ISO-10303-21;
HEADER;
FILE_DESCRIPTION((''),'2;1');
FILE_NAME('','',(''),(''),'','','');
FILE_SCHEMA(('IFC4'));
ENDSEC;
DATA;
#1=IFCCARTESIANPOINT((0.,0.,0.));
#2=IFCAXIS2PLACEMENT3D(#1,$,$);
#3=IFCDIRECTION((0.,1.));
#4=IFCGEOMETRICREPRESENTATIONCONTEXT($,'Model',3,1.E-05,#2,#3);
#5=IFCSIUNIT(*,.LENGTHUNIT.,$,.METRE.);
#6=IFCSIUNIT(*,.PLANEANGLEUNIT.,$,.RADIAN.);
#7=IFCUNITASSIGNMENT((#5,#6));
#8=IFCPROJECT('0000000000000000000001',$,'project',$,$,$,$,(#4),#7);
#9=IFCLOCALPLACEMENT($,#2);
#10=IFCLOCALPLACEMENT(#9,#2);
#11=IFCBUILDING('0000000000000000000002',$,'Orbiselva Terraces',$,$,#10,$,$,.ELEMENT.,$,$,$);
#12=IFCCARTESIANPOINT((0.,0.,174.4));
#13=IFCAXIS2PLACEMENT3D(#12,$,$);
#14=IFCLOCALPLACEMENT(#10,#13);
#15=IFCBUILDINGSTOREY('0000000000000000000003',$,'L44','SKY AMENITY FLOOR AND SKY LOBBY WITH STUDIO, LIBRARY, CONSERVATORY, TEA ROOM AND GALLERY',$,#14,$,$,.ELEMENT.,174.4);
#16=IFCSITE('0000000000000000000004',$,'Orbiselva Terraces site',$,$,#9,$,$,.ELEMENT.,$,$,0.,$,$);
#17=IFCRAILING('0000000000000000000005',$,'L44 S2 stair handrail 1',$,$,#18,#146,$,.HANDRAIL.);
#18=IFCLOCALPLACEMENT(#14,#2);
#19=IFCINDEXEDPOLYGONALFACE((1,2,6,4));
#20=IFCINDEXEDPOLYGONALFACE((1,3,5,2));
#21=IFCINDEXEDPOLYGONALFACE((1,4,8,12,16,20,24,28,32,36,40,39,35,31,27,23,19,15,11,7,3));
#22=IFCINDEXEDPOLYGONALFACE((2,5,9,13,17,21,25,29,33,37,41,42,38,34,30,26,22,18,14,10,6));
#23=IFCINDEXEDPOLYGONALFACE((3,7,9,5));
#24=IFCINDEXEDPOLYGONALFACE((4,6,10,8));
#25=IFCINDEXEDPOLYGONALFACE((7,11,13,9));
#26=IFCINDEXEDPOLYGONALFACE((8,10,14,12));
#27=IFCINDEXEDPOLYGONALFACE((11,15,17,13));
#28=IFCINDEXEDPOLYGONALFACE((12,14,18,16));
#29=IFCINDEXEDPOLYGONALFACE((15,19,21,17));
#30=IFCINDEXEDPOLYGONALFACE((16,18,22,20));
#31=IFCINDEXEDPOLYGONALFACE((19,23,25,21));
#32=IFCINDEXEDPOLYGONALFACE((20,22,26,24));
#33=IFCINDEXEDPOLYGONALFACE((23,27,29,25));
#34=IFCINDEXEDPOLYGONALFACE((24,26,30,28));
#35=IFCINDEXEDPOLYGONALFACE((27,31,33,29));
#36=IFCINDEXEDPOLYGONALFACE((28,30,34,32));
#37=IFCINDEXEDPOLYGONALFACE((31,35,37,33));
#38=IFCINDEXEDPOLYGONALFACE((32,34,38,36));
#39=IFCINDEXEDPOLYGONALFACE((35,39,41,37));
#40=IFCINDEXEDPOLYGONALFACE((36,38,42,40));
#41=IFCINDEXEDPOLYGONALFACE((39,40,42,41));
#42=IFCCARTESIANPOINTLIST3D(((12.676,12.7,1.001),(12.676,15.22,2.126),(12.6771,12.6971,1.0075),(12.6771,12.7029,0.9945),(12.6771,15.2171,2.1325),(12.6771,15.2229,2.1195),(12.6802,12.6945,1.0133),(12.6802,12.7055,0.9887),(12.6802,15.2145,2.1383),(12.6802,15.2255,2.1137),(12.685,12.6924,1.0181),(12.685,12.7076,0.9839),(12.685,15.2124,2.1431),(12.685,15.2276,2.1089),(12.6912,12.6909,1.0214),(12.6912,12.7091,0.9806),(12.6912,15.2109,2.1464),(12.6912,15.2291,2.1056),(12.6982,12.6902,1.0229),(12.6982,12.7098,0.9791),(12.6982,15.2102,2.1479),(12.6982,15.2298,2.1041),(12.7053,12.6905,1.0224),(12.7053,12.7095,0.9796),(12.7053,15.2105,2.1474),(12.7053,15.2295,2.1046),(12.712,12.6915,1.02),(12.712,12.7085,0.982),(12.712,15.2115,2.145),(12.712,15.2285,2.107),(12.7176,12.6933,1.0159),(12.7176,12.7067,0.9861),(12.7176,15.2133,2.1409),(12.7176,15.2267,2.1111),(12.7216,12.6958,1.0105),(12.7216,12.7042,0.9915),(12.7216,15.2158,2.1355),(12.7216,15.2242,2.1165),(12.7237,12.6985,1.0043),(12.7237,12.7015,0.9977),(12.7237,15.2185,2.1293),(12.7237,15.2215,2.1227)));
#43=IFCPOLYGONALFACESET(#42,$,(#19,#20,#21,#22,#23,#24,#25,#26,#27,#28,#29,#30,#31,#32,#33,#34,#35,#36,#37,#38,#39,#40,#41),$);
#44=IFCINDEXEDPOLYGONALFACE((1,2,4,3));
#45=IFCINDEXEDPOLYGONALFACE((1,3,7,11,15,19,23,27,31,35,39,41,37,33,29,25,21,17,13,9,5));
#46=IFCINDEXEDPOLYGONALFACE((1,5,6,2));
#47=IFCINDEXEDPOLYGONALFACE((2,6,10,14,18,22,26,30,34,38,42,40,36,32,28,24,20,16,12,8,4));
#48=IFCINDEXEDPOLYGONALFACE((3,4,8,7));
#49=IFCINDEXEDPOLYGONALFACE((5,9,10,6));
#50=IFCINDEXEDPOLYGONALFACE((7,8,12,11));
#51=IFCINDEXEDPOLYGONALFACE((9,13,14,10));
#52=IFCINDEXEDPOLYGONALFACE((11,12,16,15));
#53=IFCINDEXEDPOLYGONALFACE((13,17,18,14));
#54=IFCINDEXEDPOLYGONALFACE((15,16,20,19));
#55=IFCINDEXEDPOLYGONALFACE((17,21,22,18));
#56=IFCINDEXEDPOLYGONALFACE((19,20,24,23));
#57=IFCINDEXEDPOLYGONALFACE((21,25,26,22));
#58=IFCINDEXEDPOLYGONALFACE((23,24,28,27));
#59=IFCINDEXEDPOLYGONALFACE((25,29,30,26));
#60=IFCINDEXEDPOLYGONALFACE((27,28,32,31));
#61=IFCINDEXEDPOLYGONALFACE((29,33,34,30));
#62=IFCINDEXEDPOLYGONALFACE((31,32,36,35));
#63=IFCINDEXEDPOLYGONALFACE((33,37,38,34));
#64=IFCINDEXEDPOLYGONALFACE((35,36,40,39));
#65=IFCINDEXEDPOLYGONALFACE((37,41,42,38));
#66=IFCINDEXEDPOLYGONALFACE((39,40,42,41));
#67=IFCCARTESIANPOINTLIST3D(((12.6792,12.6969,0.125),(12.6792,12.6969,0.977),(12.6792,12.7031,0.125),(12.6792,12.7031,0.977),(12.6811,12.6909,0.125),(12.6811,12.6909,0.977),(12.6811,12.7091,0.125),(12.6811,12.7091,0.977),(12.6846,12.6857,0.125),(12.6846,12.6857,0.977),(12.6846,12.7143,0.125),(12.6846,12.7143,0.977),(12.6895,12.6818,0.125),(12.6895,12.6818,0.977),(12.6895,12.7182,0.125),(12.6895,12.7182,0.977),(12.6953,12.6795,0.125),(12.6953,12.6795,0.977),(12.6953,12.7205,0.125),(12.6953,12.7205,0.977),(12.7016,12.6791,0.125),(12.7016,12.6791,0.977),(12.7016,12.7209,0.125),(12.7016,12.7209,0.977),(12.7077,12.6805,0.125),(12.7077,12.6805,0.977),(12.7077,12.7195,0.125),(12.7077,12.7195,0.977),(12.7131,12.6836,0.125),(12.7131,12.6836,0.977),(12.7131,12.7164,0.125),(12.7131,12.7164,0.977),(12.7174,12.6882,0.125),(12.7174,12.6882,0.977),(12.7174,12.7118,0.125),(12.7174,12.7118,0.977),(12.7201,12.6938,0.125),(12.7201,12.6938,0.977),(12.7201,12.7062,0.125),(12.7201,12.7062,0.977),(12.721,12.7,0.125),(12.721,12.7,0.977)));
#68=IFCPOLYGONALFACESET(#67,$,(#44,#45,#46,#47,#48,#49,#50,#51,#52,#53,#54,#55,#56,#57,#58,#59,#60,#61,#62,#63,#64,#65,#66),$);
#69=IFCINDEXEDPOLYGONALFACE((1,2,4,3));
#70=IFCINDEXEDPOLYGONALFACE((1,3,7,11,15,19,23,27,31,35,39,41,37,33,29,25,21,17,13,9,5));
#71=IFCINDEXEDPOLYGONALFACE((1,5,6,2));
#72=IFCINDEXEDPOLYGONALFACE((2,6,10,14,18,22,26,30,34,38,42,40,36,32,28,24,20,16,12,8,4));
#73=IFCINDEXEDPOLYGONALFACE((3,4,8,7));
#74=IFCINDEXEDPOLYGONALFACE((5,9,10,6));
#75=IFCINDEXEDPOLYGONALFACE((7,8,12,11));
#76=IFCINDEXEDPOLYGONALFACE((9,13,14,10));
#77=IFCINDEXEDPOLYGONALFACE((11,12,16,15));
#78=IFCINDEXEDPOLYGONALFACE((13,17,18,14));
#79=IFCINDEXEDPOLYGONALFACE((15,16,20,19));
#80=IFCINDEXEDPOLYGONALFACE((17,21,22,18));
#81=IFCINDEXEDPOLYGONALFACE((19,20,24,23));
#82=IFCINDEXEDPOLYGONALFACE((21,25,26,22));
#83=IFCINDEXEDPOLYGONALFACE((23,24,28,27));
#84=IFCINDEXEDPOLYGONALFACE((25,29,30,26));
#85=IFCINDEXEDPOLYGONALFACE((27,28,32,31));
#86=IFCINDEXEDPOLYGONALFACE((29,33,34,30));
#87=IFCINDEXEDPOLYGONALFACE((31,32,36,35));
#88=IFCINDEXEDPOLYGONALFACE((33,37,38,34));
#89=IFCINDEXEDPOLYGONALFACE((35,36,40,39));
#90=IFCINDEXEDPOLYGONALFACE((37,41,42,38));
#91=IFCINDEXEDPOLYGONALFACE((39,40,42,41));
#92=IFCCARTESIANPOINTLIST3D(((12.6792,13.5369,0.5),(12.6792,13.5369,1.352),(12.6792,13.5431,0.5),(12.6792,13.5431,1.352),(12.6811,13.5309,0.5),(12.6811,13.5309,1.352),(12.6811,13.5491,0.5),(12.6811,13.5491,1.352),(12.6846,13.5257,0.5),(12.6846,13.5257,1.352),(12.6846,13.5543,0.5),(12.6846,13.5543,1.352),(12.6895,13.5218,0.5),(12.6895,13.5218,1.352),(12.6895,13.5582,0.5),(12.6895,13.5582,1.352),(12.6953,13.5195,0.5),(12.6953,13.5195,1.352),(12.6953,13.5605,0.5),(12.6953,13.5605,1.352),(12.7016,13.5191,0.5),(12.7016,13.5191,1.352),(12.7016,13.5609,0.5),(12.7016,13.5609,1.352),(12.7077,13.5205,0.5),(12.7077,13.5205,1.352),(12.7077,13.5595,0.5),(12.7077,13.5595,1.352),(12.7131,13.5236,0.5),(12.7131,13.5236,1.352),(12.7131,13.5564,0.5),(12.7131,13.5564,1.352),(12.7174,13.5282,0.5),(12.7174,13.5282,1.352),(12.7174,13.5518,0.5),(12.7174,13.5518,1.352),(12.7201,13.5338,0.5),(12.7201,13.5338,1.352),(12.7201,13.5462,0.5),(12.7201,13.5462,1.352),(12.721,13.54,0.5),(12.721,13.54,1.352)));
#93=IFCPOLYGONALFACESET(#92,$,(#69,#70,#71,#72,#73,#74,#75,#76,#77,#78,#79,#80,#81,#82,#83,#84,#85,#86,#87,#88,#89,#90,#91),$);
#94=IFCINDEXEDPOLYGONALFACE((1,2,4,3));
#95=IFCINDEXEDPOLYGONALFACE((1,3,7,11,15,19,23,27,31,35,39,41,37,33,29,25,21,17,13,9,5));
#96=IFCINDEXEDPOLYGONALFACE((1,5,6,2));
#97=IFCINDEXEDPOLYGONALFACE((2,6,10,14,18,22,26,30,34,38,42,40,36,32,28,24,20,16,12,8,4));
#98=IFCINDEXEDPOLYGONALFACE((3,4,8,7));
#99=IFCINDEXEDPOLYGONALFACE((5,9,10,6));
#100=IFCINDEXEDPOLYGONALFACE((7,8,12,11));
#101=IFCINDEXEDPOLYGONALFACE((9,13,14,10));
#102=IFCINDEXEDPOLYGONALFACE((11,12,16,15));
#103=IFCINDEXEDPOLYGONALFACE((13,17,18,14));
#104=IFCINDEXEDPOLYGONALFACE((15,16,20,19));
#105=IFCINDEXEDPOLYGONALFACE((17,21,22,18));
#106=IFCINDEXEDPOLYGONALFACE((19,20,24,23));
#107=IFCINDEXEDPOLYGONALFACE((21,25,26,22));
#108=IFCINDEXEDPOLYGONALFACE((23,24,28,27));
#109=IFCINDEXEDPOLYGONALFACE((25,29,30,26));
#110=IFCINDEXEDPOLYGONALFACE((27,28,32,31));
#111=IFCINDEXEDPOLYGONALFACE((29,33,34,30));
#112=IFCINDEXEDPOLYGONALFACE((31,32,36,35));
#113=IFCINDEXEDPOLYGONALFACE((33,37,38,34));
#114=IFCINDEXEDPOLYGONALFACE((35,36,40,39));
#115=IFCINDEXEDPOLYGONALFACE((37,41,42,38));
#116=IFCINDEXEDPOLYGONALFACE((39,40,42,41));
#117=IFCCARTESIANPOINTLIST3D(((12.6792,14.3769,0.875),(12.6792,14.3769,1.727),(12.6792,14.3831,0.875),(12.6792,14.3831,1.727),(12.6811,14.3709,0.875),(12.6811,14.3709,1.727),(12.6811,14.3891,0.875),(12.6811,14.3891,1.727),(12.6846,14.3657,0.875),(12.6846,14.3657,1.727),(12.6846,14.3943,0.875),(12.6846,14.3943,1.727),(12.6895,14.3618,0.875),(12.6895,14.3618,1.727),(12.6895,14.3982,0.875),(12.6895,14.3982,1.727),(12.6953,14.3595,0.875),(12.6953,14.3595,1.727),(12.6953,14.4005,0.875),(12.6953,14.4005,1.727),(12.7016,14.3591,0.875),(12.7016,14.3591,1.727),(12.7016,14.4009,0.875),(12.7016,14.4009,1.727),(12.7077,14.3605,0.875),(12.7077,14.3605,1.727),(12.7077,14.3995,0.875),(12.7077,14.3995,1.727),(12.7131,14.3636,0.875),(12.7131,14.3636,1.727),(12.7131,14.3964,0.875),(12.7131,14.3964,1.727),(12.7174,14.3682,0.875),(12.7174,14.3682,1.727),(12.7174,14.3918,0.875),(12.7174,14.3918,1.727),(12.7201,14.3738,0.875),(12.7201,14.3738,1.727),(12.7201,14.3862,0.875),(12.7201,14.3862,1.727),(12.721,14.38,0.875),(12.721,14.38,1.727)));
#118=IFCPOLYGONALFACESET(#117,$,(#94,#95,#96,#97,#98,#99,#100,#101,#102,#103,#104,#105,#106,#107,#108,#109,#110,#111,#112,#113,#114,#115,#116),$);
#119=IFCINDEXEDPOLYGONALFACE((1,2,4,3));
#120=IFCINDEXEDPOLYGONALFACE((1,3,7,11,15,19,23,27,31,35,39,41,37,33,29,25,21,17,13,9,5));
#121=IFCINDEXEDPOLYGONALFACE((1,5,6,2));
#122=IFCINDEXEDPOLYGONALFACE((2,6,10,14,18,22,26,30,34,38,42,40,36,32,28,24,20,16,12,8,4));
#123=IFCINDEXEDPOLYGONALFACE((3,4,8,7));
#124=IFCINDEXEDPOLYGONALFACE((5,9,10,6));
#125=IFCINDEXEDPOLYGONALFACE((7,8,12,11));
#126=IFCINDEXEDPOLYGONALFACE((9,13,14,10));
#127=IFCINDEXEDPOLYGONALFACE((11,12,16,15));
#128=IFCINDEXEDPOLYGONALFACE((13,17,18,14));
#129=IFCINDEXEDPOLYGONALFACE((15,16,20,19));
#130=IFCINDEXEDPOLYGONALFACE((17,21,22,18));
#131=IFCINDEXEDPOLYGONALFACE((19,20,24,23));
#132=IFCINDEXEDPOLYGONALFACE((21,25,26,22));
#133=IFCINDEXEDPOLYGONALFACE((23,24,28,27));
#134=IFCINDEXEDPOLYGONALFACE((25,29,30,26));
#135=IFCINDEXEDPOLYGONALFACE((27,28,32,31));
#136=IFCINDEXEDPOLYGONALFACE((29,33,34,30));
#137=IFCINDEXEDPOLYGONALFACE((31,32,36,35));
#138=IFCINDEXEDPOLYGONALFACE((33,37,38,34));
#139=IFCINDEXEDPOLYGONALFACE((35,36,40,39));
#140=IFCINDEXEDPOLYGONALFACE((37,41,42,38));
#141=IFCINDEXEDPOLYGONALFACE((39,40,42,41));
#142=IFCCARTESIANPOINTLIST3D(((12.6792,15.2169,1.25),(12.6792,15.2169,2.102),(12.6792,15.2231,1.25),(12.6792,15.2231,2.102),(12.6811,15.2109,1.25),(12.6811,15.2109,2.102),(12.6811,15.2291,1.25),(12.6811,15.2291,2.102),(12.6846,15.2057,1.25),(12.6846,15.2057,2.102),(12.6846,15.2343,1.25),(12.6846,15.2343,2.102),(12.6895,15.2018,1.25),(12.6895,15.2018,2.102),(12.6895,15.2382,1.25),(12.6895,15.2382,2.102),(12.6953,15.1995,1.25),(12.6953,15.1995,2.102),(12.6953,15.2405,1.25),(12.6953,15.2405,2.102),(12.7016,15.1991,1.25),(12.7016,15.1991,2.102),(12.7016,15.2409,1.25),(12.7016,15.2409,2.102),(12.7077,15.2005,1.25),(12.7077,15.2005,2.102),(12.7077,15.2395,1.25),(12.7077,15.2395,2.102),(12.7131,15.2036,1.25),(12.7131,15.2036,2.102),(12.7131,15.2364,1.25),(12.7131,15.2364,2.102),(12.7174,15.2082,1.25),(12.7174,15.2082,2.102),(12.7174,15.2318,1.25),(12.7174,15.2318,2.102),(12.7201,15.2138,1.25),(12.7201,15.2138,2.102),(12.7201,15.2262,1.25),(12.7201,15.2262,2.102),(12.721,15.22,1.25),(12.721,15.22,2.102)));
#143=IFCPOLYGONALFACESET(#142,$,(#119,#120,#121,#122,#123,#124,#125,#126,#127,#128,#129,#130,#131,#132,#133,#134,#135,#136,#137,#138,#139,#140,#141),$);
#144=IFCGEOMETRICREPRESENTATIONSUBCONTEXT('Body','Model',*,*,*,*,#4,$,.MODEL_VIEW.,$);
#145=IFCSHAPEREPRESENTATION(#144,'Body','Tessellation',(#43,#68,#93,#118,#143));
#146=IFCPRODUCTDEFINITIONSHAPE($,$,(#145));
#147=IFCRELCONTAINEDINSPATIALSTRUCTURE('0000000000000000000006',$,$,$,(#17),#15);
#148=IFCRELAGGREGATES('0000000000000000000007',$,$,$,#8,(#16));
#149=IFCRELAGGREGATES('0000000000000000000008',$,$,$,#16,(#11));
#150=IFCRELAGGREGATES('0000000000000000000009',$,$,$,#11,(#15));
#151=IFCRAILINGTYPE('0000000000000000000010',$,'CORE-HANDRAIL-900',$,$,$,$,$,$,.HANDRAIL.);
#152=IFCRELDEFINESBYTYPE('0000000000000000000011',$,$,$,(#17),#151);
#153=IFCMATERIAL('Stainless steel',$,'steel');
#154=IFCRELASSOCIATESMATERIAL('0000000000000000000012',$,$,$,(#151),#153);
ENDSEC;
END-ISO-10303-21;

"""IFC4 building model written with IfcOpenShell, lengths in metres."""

from ifc_helpers import new_model, si_unit, direction, frame, origin, origin_2d, place, context, subcontext, project, spatial, circle, extrude, material, type_object, element, save


model = new_model("IFC4")

# Units and contexts
model_context = context("Model", 3, precision=1e-05, world=origin(), true_north=direction((0.0, 1.0)))
body_context = subcontext(model_context, "Body", "Model", "MODEL_VIEW")
ifc_project = project(units=[si_unit("LENGTHUNIT", "METRE"), si_unit("PLANEANGLEUNIT", "RADIAN")], contexts=[model_context])

# Site, building, storey
site_placement = place(None, origin())
site = spatial("IfcSite", under=ifc_project, at=site_placement, Name="Orbiselva Terraces site", CompositionType="ELEMENT", RefElevation=0.0)
building_placement = place(site_placement, origin())
building = spatial("IfcBuilding", under=site, at=building_placement, Name="Orbiselva Terraces", CompositionType="ELEMENT")
storey_placement = place(building_placement, frame((0.0, 0.0, 174.4)))
storey = spatial("IfcBuildingStorey", under=building, at=storey_placement, Name="L44", Description="SKY AMENITY FLOOR AND SKY LOBBY WITH STUDIO, LIBRARY, CONSERVATORY, TEA ROOM AND GALLERY", CompositionType="ELEMENT", Elevation=174.4)

# Railing
ifc_material_1 = material(Name="Stainless steel", Category="steel")
railing_type = type_object("IfcRailingType", Name="CORE-HANDRAIL-900", PredefinedType="HANDRAIL", material=ifc_material_1)
for number, where, name in (
    (1, (12.7, 12.7, 0.125), "L44 S2 stair handrail 1"),
):
    element("IfcRailing", number, at=place(storey_placement, frame(where)), inside=storey, type_object=railing_type, Name=name, PredefinedType="HANDRAIL", context=body_context, shape_type="SweptSolid", body=[
        extrude(circle(Radius=0.024, at=origin_2d()), frame((0.0, 0.0, 0.876), z_axis=(0.0, 0.913138, 0.407651), x_axis=(-1.0, 0.0, 0.0)), (0.0, 0.0, 1.0), 2.7597),
        extrude(circle(Radius=0.021, at=origin_2d()), origin(), (0.0, 0.0, 1.0), 0.852),
        extrude(circle(Radius=0.021, at=origin_2d()), frame((0.0, 0.84, 0.375)), (0.0, 0.0, 1.0), 0.852),
        extrude(circle(Radius=0.021, at=origin_2d()), frame((0.0, 1.68, 0.75)), (0.0, 0.0, 1.0), 0.852),
        extrude(circle(Radius=0.021, at=origin_2d()), frame((0.0, 2.52, 1.125)), (0.0, 0.0, 1.0), 0.852),
    ])

save(model, "model.ifc")
